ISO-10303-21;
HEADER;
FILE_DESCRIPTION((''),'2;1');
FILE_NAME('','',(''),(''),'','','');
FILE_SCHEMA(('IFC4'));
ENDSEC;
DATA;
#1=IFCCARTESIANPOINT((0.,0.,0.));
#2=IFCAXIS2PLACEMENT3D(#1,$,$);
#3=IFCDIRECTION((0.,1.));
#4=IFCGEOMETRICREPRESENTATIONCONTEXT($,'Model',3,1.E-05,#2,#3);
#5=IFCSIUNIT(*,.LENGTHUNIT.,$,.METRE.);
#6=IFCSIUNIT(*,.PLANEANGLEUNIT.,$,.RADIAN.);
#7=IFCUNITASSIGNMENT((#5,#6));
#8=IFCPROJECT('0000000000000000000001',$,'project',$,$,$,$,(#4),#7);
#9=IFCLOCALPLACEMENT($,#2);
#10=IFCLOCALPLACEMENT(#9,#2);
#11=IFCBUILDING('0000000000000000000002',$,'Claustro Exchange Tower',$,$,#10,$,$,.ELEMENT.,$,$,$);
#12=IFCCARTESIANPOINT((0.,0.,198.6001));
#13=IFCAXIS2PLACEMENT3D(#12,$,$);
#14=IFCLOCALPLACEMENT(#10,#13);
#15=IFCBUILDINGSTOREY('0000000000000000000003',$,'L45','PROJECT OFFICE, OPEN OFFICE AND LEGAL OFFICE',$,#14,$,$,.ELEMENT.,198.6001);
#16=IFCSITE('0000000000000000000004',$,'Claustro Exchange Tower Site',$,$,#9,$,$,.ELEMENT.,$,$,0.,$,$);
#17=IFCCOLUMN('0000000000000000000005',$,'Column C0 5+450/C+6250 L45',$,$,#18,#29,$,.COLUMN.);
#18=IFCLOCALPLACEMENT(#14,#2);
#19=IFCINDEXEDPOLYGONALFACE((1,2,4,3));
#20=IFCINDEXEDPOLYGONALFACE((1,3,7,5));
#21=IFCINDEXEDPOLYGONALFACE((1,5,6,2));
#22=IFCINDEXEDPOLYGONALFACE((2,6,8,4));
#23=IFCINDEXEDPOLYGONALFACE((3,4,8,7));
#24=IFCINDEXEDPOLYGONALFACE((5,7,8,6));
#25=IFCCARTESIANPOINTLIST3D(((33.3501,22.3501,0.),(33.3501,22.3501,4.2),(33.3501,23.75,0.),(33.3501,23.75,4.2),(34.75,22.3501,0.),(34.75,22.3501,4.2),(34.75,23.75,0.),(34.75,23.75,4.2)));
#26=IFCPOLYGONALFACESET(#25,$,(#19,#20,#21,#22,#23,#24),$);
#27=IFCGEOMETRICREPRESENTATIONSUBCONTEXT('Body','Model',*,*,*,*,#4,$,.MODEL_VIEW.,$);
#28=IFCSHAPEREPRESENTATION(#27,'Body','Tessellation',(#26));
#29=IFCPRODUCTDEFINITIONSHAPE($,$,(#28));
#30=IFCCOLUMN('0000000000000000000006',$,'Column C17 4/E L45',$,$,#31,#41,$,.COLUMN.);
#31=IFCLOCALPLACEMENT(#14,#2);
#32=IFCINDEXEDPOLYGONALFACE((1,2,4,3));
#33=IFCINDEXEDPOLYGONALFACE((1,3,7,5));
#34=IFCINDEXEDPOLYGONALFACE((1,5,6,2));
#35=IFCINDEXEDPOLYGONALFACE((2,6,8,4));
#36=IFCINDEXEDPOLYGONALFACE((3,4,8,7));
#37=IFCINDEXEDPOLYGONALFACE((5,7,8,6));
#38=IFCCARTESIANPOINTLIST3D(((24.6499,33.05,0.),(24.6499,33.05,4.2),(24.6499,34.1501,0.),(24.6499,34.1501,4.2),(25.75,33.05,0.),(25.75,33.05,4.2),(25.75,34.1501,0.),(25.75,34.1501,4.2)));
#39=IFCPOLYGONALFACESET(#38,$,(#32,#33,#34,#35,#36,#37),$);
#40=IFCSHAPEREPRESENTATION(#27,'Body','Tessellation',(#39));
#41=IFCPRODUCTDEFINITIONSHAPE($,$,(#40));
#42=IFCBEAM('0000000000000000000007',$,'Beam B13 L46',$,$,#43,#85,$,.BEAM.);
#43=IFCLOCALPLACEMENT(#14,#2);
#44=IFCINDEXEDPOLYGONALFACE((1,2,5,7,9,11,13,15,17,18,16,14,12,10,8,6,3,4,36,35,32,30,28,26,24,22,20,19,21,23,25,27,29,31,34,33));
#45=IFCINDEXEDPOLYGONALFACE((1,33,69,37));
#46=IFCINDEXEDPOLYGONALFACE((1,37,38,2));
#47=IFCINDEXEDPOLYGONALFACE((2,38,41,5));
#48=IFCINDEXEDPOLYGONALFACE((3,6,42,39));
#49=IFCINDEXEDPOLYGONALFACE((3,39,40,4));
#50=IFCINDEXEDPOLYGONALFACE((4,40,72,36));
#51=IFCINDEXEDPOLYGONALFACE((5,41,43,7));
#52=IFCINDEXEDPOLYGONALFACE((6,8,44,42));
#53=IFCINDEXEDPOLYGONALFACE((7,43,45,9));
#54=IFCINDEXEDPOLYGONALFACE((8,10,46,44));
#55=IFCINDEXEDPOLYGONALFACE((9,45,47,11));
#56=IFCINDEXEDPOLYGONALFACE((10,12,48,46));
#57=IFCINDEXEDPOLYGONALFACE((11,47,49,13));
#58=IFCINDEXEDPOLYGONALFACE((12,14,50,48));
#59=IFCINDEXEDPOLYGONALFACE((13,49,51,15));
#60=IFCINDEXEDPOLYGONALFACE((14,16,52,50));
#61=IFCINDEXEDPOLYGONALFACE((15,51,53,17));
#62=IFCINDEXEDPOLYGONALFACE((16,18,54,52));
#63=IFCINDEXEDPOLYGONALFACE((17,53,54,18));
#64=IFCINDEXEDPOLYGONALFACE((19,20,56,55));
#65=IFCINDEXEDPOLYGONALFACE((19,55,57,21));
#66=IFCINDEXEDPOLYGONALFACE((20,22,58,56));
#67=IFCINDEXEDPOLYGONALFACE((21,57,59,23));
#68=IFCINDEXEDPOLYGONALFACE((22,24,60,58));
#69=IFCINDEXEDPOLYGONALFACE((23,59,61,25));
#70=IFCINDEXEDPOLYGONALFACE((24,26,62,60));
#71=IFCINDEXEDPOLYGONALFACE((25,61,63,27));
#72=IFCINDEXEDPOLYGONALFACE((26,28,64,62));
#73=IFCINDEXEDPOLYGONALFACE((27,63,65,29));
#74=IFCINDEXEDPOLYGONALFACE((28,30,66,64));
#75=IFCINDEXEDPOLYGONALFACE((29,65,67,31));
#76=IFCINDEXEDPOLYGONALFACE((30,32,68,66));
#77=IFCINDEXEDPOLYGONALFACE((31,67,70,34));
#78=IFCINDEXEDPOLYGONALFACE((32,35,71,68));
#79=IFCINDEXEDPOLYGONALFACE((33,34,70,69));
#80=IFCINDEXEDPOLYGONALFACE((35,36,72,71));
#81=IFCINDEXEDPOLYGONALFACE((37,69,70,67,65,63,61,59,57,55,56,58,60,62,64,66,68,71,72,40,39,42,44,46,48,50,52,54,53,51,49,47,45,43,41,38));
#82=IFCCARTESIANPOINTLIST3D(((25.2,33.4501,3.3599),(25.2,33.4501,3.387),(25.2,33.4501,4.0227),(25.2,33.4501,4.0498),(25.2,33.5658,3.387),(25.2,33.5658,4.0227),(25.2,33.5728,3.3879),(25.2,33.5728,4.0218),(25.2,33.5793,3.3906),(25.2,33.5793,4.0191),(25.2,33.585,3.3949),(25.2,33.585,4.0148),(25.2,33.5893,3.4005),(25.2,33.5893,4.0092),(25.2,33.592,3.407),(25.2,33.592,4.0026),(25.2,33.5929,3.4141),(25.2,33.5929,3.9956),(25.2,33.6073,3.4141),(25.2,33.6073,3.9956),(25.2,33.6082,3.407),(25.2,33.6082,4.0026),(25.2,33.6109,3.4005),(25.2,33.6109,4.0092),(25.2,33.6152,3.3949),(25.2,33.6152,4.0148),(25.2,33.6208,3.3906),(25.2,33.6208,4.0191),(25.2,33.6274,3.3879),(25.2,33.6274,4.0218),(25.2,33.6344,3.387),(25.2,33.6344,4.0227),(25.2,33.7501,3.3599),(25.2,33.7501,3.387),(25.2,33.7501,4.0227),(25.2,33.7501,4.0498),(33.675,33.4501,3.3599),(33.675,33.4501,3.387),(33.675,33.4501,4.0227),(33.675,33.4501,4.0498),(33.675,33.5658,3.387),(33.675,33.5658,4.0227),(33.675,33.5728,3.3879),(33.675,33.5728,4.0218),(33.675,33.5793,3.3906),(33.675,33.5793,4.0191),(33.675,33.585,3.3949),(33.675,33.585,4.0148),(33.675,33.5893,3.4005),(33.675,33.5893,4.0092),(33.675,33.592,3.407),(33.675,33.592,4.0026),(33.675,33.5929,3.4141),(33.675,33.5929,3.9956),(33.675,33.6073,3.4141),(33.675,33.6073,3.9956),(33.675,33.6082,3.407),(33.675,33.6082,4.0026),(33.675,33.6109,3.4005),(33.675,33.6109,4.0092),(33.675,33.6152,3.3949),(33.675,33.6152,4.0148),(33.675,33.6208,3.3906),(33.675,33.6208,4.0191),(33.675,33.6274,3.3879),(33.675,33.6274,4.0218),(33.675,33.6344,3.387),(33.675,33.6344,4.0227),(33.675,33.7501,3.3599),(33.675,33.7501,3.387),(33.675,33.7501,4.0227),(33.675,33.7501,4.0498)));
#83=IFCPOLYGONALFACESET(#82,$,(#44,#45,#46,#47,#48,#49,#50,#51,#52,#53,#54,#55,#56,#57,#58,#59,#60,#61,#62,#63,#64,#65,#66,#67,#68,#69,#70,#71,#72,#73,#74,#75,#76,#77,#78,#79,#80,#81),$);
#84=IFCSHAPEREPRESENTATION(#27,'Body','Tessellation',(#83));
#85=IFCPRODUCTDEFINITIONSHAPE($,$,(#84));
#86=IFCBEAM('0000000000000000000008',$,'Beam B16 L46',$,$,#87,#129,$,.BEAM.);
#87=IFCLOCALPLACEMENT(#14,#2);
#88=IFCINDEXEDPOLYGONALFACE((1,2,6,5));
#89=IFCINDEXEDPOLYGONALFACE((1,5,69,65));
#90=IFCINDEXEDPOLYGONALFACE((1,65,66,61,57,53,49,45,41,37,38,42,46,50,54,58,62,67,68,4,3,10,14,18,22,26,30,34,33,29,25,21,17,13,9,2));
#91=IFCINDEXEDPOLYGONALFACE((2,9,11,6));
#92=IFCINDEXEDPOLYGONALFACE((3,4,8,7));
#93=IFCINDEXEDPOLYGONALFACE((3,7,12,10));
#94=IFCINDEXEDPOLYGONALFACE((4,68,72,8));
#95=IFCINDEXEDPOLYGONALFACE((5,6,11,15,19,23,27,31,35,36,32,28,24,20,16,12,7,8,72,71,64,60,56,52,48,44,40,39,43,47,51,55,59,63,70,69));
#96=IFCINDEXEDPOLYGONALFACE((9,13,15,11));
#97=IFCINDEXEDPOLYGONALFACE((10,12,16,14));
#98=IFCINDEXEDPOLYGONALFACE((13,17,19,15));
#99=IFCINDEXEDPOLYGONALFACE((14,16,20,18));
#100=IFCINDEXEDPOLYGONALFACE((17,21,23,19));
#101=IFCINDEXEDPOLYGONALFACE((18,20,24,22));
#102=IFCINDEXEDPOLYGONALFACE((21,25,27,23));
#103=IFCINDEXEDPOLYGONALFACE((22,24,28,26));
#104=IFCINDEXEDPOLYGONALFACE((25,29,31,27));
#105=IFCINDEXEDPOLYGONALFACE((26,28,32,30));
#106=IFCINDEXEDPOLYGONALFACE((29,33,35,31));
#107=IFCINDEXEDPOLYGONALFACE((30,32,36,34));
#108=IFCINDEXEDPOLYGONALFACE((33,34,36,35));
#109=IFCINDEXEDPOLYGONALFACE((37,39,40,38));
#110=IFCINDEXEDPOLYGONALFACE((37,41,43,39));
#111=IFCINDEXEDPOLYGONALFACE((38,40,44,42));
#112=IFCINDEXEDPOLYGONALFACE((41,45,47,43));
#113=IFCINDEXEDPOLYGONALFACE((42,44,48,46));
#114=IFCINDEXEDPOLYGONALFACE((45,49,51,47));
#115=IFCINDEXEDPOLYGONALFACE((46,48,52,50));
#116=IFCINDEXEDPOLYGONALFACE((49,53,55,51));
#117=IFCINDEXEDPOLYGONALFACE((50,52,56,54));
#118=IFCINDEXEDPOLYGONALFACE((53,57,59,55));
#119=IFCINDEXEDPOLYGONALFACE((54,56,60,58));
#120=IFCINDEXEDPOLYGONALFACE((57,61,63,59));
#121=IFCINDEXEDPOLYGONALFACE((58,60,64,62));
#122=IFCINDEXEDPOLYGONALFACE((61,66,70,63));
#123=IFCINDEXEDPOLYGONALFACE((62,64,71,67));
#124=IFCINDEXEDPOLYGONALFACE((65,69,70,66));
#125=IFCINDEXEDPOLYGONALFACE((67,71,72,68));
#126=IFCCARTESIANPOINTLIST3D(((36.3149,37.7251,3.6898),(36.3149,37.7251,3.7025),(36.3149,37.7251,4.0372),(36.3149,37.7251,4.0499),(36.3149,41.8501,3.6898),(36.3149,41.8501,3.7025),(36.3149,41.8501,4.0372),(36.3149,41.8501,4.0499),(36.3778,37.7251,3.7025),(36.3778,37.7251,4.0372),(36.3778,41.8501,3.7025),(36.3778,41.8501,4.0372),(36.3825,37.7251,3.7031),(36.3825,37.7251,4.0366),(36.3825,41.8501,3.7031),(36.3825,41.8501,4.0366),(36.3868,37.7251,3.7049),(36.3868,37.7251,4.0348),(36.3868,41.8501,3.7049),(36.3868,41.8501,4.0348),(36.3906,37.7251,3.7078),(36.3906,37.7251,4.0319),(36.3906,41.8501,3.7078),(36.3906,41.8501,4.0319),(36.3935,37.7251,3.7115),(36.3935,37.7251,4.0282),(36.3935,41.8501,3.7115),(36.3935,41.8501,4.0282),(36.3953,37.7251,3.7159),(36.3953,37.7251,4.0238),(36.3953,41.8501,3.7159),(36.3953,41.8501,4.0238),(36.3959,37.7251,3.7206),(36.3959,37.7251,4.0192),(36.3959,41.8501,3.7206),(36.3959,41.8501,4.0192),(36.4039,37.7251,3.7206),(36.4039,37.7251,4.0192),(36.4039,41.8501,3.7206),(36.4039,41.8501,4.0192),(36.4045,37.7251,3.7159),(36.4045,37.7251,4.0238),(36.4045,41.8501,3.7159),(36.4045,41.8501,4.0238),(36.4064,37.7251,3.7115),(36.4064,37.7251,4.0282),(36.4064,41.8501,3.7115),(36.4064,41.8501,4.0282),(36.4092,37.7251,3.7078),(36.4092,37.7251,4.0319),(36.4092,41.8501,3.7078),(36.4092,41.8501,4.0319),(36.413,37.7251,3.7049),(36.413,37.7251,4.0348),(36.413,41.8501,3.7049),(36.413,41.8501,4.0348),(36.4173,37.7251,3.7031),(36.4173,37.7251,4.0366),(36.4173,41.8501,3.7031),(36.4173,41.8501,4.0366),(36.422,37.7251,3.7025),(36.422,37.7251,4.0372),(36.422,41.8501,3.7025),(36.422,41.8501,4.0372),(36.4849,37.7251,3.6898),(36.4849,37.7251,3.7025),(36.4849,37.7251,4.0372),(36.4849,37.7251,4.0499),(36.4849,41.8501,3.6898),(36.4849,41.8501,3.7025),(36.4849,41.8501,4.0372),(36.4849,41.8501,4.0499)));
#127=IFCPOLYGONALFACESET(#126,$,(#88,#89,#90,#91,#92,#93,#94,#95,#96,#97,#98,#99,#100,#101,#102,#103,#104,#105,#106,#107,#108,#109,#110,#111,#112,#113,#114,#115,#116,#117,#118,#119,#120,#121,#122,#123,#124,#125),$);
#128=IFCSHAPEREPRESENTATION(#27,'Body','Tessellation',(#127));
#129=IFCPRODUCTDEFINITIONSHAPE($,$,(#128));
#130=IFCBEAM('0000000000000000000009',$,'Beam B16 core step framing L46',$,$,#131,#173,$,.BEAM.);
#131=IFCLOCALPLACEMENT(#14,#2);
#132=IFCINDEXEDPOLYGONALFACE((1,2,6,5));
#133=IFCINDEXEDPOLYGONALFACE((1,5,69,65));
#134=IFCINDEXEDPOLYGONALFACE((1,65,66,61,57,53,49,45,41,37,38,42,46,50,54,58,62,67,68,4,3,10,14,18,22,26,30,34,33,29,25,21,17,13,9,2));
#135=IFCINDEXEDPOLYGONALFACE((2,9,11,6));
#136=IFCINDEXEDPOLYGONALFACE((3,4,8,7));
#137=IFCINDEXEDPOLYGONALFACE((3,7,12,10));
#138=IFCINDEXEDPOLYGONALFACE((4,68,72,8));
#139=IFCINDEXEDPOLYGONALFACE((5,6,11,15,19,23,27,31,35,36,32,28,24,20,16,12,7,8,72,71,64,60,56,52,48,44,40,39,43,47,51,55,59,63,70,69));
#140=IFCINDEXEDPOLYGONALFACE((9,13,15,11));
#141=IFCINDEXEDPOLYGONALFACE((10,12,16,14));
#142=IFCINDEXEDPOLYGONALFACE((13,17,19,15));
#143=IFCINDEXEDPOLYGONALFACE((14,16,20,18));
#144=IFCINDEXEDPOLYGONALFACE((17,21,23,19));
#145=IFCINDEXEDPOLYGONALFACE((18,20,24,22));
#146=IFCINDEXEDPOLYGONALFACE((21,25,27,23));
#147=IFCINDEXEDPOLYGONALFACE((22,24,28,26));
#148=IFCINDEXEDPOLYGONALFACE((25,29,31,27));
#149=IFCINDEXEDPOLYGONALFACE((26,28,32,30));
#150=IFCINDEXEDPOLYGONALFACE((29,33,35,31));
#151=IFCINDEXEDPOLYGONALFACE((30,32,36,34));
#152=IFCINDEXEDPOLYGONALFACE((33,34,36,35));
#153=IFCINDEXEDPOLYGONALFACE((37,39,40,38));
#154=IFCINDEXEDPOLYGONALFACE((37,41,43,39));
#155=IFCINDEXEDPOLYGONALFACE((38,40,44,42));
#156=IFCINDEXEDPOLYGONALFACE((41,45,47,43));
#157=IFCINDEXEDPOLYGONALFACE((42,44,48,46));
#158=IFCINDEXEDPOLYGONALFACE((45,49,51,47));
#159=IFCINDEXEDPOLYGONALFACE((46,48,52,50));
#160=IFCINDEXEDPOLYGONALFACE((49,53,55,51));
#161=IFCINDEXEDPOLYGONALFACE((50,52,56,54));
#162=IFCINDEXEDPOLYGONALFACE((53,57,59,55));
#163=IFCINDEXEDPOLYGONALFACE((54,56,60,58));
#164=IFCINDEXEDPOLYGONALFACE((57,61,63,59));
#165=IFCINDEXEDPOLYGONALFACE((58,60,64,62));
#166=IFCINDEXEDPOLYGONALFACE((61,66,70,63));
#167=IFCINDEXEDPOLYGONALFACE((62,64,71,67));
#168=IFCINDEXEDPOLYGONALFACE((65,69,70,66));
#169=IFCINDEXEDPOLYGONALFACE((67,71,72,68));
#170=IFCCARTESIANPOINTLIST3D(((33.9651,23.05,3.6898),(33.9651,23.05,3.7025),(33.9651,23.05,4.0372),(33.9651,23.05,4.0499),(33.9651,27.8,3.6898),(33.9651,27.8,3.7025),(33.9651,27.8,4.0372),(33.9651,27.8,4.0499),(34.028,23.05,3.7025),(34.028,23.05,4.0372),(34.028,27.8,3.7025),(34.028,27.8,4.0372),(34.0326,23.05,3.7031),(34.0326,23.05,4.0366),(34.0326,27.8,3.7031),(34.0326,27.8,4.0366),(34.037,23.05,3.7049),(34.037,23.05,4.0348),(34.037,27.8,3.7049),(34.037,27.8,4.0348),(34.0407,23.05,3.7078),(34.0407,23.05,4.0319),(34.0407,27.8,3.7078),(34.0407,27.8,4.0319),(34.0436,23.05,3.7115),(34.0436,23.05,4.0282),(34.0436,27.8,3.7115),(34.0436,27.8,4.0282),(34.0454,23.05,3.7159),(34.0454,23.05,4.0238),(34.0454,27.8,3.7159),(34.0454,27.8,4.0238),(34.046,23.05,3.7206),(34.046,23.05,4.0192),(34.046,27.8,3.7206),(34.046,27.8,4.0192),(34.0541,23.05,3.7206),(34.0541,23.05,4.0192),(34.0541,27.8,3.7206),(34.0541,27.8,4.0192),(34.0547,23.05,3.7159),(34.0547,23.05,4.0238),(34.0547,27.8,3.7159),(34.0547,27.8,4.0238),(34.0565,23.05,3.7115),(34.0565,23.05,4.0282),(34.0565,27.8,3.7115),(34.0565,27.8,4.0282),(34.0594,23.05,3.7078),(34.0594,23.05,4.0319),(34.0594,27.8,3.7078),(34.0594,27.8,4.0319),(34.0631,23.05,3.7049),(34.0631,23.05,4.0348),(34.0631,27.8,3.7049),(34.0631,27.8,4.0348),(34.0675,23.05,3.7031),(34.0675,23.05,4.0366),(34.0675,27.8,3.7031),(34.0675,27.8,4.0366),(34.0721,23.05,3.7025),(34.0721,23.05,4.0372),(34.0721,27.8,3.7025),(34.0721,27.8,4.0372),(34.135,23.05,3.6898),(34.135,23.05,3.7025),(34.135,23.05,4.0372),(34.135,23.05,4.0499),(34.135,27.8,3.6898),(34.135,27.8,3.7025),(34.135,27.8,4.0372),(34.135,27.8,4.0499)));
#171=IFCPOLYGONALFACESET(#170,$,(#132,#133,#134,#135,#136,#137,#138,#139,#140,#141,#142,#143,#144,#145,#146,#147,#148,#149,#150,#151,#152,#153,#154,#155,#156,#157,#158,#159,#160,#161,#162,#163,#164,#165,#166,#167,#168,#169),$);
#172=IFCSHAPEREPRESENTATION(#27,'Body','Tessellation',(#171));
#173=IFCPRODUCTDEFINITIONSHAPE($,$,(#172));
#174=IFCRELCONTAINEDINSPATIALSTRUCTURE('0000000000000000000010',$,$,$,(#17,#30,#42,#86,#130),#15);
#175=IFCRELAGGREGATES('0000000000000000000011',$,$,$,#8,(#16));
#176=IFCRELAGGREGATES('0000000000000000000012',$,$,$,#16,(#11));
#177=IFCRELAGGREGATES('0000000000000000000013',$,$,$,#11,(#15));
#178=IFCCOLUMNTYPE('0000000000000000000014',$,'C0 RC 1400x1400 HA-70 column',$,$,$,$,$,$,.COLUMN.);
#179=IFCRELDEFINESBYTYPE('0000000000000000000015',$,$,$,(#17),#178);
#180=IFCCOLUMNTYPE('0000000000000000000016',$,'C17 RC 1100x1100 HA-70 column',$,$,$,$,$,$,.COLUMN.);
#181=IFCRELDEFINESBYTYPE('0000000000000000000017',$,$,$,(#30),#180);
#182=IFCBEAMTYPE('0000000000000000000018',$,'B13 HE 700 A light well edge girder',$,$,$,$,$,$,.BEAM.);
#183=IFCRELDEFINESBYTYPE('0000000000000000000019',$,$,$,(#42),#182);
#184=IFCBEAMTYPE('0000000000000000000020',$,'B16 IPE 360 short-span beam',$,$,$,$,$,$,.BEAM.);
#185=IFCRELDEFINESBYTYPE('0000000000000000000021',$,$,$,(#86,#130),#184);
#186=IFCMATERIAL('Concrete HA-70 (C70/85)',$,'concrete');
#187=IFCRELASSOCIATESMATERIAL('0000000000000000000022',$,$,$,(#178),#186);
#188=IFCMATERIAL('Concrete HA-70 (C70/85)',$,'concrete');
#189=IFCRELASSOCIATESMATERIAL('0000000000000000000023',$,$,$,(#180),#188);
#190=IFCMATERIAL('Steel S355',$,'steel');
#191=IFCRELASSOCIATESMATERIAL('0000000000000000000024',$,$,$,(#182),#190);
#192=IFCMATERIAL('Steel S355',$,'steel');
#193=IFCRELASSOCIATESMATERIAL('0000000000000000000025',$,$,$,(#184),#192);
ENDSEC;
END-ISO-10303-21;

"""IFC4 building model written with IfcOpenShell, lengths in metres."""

from ifc_helpers import new_model, si_unit, direction, frame, origin, origin_2d, place, context, subcontext, project, spatial, rectangle, i_section, extrude, material, material_profile, profile_set, type_object, element, save


model = new_model("IFC4")

# Units and contexts
model_context = context("Model", 3, precision=1e-05, world=origin(), true_north=direction((0.0, 1.0)))
body_context = subcontext(model_context, "Body", "Model", "MODEL_VIEW")
ifc_project = project(units=[si_unit("LENGTHUNIT", "METRE"), si_unit("PLANEANGLEUNIT", "RADIAN")], contexts=[model_context])

# Site, building, storey
site_placement = place(None, origin())
site = spatial("IfcSite", under=ifc_project, at=site_placement, Name="Claustro Exchange Tower Site", CompositionType="ELEMENT", RefElevation=0.0)
building_placement = place(site_placement, origin())
building = spatial("IfcBuilding", under=site, at=building_placement, Name="Claustro Exchange Tower", CompositionType="ELEMENT")
storey_placement = place(building_placement, frame((0.0, 0.0, 198.6001)))
storey = spatial("IfcBuildingStorey", under=building, at=storey_placement, Name="L45", Description="PROJECT OFFICE, OPEN OFFICE AND LEGAL OFFICE", CompositionType="ELEMENT", Elevation=198.6001)

# Columns
ifc_material_1 = material(Name="Concrete HA-70 (C70/85)", Category="concrete")
ifc_material_profile_1 = material_profile(ifc_material_1, rectangle(XDim=1.3999, YDim=1.3999, at=origin_2d()), Name="RC 1400x1400")
ifc_profile_set_1 = profile_set([ifc_material_profile_1], Name="Concrete HA-70 (C70/85)")
column_type_1 = type_object("IfcColumnType", Name="C0 RC 1400x1400 HA-70 column", PredefinedType="COLUMN", material=ifc_profile_set_1)
column_1_placement = place(storey_placement, frame((34.05, 23.05, 0.0), z_axis=(0.0, 0.0, 1.0), x_axis=(1.0, 0.0, 0.0)))
element("IfcColumn", 1, at=column_1_placement, inside=storey, type_object=column_type_1, Name="Column C0 5+450/C+6250 L45", PredefinedType="COLUMN", context=body_context, shape_type="SweptSolid", body=[
    extrude(rectangle(XDim=1.3999, YDim=1.3999, at=origin_2d()), origin(), (0.0, 0.0, 1.0), 4.2),
])
ifc_material_2 = material(Name="Concrete HA-70 (C70/85)", Category="concrete")
ifc_material_profile_2 = material_profile(ifc_material_2, rectangle(XDim=1.1001, YDim=1.1001, at=origin_2d()), Name="RC 1100x1100")
ifc_profile_set_2 = profile_set([ifc_material_profile_2], Name="Concrete HA-70 (C70/85)")
column_type_2 = type_object("IfcColumnType", Name="C17 RC 1100x1100 HA-70 column", PredefinedType="COLUMN", material=ifc_profile_set_2)
column_2_placement = place(storey_placement, frame((25.2, 33.6001, 0.0), z_axis=(0.0, 0.0, 1.0), x_axis=(1.0, 0.0, 0.0)))
element("IfcColumn", 2, at=column_2_placement, inside=storey, type_object=column_type_2, Name="Column C17 4/E L45", PredefinedType="COLUMN", context=body_context, shape_type="SweptSolid", body=[
    extrude(rectangle(XDim=1.1001, YDim=1.1001, at=origin_2d()), origin(), (0.0, 0.0, 1.0), 4.2),
])

# Beams
ifc_material_3 = material(Name="Steel S355", Category="steel")
ifc_material_profile_3 = material_profile(ifc_material_3, i_section(OverallWidth=0.3, OverallDepth=0.6899, WebThickness=0.0144, FlangeThickness=0.0271, FilletRadius=0.0271, at=origin_2d()), Name="HE 700 A")
ifc_profile_set_3 = profile_set([ifc_material_profile_3], Name="Steel S355")
beam_type_1 = type_object("IfcBeamType", Name="B13 HE 700 A light well edge girder", PredefinedType="BEAM", material=ifc_profile_set_3)
beam_1_placement = place(storey_placement, frame((25.2, 33.6001, 3.7048), z_axis=(1.0, 0.0, 0.0), x_axis=(0.0, 1.0, 0.0)))
element("IfcBeam", 3, at=beam_1_placement, inside=storey, type_object=beam_type_1, Name="Beam B13 L46", PredefinedType="BEAM", context=body_context, shape_type="SweptSolid", body=[
    extrude(i_section(OverallWidth=0.3, OverallDepth=0.6899, WebThickness=0.0144, FlangeThickness=0.0271, FilletRadius=0.0271, at=origin_2d()), origin(), (0.0, 0.0, 1.0), 8.4751),
])
ifc_material_4 = material(Name="Steel S355", Category="steel")
ifc_material_profile_4 = material_profile(ifc_material_4, i_section(OverallWidth=0.1699, OverallDepth=0.3601, WebThickness=0.0081, FlangeThickness=0.0127, FilletRadius=0.0181, at=origin_2d()), Name="IPE 360")
ifc_profile_set_4 = profile_set([ifc_material_profile_4], Name="Steel S355")
beam_type_2 = type_object("IfcBeamType", Name="B16 IPE 360 short-span beam", PredefinedType="BEAM", material=ifc_profile_set_4)
beam_2_placement = place(storey_placement, frame((36.3999, 37.7251, 3.8699), z_axis=(0.0, 1.0, 0.0), x_axis=(-1.0, 0.0, 0.0)))
element("IfcBeam", 4, at=beam_2_placement, inside=storey, type_object=beam_type_2, Name="Beam B16 L46", PredefinedType="BEAM", context=body_context, shape_type="SweptSolid", body=[
    extrude(i_section(OverallWidth=0.1699, OverallDepth=0.3601, WebThickness=0.0081, FlangeThickness=0.0127, FilletRadius=0.0181, at=origin_2d()), origin(), (0.0, 0.0, 1.0), 4.125),
])
beam_3_placement = place(storey_placement, frame((34.05, 23.05, 3.8699), z_axis=(0.0, 1.0, 0.0), x_axis=(-1.0, 0.0, 0.0)))
element("IfcBeam", 5, at=beam_3_placement, inside=storey, type_object=beam_type_2, Name="Beam B16 core step framing L46", PredefinedType="BEAM", context=body_context, shape_type="SweptSolid", body=[
    extrude(i_section(OverallWidth=0.1699, OverallDepth=0.3601, WebThickness=0.0081, FlangeThickness=0.0127, FilletRadius=0.0181, at=origin_2d()), origin(), (0.0, 0.0, 1.0), 4.75),
])

save(model, "model.ifc")
